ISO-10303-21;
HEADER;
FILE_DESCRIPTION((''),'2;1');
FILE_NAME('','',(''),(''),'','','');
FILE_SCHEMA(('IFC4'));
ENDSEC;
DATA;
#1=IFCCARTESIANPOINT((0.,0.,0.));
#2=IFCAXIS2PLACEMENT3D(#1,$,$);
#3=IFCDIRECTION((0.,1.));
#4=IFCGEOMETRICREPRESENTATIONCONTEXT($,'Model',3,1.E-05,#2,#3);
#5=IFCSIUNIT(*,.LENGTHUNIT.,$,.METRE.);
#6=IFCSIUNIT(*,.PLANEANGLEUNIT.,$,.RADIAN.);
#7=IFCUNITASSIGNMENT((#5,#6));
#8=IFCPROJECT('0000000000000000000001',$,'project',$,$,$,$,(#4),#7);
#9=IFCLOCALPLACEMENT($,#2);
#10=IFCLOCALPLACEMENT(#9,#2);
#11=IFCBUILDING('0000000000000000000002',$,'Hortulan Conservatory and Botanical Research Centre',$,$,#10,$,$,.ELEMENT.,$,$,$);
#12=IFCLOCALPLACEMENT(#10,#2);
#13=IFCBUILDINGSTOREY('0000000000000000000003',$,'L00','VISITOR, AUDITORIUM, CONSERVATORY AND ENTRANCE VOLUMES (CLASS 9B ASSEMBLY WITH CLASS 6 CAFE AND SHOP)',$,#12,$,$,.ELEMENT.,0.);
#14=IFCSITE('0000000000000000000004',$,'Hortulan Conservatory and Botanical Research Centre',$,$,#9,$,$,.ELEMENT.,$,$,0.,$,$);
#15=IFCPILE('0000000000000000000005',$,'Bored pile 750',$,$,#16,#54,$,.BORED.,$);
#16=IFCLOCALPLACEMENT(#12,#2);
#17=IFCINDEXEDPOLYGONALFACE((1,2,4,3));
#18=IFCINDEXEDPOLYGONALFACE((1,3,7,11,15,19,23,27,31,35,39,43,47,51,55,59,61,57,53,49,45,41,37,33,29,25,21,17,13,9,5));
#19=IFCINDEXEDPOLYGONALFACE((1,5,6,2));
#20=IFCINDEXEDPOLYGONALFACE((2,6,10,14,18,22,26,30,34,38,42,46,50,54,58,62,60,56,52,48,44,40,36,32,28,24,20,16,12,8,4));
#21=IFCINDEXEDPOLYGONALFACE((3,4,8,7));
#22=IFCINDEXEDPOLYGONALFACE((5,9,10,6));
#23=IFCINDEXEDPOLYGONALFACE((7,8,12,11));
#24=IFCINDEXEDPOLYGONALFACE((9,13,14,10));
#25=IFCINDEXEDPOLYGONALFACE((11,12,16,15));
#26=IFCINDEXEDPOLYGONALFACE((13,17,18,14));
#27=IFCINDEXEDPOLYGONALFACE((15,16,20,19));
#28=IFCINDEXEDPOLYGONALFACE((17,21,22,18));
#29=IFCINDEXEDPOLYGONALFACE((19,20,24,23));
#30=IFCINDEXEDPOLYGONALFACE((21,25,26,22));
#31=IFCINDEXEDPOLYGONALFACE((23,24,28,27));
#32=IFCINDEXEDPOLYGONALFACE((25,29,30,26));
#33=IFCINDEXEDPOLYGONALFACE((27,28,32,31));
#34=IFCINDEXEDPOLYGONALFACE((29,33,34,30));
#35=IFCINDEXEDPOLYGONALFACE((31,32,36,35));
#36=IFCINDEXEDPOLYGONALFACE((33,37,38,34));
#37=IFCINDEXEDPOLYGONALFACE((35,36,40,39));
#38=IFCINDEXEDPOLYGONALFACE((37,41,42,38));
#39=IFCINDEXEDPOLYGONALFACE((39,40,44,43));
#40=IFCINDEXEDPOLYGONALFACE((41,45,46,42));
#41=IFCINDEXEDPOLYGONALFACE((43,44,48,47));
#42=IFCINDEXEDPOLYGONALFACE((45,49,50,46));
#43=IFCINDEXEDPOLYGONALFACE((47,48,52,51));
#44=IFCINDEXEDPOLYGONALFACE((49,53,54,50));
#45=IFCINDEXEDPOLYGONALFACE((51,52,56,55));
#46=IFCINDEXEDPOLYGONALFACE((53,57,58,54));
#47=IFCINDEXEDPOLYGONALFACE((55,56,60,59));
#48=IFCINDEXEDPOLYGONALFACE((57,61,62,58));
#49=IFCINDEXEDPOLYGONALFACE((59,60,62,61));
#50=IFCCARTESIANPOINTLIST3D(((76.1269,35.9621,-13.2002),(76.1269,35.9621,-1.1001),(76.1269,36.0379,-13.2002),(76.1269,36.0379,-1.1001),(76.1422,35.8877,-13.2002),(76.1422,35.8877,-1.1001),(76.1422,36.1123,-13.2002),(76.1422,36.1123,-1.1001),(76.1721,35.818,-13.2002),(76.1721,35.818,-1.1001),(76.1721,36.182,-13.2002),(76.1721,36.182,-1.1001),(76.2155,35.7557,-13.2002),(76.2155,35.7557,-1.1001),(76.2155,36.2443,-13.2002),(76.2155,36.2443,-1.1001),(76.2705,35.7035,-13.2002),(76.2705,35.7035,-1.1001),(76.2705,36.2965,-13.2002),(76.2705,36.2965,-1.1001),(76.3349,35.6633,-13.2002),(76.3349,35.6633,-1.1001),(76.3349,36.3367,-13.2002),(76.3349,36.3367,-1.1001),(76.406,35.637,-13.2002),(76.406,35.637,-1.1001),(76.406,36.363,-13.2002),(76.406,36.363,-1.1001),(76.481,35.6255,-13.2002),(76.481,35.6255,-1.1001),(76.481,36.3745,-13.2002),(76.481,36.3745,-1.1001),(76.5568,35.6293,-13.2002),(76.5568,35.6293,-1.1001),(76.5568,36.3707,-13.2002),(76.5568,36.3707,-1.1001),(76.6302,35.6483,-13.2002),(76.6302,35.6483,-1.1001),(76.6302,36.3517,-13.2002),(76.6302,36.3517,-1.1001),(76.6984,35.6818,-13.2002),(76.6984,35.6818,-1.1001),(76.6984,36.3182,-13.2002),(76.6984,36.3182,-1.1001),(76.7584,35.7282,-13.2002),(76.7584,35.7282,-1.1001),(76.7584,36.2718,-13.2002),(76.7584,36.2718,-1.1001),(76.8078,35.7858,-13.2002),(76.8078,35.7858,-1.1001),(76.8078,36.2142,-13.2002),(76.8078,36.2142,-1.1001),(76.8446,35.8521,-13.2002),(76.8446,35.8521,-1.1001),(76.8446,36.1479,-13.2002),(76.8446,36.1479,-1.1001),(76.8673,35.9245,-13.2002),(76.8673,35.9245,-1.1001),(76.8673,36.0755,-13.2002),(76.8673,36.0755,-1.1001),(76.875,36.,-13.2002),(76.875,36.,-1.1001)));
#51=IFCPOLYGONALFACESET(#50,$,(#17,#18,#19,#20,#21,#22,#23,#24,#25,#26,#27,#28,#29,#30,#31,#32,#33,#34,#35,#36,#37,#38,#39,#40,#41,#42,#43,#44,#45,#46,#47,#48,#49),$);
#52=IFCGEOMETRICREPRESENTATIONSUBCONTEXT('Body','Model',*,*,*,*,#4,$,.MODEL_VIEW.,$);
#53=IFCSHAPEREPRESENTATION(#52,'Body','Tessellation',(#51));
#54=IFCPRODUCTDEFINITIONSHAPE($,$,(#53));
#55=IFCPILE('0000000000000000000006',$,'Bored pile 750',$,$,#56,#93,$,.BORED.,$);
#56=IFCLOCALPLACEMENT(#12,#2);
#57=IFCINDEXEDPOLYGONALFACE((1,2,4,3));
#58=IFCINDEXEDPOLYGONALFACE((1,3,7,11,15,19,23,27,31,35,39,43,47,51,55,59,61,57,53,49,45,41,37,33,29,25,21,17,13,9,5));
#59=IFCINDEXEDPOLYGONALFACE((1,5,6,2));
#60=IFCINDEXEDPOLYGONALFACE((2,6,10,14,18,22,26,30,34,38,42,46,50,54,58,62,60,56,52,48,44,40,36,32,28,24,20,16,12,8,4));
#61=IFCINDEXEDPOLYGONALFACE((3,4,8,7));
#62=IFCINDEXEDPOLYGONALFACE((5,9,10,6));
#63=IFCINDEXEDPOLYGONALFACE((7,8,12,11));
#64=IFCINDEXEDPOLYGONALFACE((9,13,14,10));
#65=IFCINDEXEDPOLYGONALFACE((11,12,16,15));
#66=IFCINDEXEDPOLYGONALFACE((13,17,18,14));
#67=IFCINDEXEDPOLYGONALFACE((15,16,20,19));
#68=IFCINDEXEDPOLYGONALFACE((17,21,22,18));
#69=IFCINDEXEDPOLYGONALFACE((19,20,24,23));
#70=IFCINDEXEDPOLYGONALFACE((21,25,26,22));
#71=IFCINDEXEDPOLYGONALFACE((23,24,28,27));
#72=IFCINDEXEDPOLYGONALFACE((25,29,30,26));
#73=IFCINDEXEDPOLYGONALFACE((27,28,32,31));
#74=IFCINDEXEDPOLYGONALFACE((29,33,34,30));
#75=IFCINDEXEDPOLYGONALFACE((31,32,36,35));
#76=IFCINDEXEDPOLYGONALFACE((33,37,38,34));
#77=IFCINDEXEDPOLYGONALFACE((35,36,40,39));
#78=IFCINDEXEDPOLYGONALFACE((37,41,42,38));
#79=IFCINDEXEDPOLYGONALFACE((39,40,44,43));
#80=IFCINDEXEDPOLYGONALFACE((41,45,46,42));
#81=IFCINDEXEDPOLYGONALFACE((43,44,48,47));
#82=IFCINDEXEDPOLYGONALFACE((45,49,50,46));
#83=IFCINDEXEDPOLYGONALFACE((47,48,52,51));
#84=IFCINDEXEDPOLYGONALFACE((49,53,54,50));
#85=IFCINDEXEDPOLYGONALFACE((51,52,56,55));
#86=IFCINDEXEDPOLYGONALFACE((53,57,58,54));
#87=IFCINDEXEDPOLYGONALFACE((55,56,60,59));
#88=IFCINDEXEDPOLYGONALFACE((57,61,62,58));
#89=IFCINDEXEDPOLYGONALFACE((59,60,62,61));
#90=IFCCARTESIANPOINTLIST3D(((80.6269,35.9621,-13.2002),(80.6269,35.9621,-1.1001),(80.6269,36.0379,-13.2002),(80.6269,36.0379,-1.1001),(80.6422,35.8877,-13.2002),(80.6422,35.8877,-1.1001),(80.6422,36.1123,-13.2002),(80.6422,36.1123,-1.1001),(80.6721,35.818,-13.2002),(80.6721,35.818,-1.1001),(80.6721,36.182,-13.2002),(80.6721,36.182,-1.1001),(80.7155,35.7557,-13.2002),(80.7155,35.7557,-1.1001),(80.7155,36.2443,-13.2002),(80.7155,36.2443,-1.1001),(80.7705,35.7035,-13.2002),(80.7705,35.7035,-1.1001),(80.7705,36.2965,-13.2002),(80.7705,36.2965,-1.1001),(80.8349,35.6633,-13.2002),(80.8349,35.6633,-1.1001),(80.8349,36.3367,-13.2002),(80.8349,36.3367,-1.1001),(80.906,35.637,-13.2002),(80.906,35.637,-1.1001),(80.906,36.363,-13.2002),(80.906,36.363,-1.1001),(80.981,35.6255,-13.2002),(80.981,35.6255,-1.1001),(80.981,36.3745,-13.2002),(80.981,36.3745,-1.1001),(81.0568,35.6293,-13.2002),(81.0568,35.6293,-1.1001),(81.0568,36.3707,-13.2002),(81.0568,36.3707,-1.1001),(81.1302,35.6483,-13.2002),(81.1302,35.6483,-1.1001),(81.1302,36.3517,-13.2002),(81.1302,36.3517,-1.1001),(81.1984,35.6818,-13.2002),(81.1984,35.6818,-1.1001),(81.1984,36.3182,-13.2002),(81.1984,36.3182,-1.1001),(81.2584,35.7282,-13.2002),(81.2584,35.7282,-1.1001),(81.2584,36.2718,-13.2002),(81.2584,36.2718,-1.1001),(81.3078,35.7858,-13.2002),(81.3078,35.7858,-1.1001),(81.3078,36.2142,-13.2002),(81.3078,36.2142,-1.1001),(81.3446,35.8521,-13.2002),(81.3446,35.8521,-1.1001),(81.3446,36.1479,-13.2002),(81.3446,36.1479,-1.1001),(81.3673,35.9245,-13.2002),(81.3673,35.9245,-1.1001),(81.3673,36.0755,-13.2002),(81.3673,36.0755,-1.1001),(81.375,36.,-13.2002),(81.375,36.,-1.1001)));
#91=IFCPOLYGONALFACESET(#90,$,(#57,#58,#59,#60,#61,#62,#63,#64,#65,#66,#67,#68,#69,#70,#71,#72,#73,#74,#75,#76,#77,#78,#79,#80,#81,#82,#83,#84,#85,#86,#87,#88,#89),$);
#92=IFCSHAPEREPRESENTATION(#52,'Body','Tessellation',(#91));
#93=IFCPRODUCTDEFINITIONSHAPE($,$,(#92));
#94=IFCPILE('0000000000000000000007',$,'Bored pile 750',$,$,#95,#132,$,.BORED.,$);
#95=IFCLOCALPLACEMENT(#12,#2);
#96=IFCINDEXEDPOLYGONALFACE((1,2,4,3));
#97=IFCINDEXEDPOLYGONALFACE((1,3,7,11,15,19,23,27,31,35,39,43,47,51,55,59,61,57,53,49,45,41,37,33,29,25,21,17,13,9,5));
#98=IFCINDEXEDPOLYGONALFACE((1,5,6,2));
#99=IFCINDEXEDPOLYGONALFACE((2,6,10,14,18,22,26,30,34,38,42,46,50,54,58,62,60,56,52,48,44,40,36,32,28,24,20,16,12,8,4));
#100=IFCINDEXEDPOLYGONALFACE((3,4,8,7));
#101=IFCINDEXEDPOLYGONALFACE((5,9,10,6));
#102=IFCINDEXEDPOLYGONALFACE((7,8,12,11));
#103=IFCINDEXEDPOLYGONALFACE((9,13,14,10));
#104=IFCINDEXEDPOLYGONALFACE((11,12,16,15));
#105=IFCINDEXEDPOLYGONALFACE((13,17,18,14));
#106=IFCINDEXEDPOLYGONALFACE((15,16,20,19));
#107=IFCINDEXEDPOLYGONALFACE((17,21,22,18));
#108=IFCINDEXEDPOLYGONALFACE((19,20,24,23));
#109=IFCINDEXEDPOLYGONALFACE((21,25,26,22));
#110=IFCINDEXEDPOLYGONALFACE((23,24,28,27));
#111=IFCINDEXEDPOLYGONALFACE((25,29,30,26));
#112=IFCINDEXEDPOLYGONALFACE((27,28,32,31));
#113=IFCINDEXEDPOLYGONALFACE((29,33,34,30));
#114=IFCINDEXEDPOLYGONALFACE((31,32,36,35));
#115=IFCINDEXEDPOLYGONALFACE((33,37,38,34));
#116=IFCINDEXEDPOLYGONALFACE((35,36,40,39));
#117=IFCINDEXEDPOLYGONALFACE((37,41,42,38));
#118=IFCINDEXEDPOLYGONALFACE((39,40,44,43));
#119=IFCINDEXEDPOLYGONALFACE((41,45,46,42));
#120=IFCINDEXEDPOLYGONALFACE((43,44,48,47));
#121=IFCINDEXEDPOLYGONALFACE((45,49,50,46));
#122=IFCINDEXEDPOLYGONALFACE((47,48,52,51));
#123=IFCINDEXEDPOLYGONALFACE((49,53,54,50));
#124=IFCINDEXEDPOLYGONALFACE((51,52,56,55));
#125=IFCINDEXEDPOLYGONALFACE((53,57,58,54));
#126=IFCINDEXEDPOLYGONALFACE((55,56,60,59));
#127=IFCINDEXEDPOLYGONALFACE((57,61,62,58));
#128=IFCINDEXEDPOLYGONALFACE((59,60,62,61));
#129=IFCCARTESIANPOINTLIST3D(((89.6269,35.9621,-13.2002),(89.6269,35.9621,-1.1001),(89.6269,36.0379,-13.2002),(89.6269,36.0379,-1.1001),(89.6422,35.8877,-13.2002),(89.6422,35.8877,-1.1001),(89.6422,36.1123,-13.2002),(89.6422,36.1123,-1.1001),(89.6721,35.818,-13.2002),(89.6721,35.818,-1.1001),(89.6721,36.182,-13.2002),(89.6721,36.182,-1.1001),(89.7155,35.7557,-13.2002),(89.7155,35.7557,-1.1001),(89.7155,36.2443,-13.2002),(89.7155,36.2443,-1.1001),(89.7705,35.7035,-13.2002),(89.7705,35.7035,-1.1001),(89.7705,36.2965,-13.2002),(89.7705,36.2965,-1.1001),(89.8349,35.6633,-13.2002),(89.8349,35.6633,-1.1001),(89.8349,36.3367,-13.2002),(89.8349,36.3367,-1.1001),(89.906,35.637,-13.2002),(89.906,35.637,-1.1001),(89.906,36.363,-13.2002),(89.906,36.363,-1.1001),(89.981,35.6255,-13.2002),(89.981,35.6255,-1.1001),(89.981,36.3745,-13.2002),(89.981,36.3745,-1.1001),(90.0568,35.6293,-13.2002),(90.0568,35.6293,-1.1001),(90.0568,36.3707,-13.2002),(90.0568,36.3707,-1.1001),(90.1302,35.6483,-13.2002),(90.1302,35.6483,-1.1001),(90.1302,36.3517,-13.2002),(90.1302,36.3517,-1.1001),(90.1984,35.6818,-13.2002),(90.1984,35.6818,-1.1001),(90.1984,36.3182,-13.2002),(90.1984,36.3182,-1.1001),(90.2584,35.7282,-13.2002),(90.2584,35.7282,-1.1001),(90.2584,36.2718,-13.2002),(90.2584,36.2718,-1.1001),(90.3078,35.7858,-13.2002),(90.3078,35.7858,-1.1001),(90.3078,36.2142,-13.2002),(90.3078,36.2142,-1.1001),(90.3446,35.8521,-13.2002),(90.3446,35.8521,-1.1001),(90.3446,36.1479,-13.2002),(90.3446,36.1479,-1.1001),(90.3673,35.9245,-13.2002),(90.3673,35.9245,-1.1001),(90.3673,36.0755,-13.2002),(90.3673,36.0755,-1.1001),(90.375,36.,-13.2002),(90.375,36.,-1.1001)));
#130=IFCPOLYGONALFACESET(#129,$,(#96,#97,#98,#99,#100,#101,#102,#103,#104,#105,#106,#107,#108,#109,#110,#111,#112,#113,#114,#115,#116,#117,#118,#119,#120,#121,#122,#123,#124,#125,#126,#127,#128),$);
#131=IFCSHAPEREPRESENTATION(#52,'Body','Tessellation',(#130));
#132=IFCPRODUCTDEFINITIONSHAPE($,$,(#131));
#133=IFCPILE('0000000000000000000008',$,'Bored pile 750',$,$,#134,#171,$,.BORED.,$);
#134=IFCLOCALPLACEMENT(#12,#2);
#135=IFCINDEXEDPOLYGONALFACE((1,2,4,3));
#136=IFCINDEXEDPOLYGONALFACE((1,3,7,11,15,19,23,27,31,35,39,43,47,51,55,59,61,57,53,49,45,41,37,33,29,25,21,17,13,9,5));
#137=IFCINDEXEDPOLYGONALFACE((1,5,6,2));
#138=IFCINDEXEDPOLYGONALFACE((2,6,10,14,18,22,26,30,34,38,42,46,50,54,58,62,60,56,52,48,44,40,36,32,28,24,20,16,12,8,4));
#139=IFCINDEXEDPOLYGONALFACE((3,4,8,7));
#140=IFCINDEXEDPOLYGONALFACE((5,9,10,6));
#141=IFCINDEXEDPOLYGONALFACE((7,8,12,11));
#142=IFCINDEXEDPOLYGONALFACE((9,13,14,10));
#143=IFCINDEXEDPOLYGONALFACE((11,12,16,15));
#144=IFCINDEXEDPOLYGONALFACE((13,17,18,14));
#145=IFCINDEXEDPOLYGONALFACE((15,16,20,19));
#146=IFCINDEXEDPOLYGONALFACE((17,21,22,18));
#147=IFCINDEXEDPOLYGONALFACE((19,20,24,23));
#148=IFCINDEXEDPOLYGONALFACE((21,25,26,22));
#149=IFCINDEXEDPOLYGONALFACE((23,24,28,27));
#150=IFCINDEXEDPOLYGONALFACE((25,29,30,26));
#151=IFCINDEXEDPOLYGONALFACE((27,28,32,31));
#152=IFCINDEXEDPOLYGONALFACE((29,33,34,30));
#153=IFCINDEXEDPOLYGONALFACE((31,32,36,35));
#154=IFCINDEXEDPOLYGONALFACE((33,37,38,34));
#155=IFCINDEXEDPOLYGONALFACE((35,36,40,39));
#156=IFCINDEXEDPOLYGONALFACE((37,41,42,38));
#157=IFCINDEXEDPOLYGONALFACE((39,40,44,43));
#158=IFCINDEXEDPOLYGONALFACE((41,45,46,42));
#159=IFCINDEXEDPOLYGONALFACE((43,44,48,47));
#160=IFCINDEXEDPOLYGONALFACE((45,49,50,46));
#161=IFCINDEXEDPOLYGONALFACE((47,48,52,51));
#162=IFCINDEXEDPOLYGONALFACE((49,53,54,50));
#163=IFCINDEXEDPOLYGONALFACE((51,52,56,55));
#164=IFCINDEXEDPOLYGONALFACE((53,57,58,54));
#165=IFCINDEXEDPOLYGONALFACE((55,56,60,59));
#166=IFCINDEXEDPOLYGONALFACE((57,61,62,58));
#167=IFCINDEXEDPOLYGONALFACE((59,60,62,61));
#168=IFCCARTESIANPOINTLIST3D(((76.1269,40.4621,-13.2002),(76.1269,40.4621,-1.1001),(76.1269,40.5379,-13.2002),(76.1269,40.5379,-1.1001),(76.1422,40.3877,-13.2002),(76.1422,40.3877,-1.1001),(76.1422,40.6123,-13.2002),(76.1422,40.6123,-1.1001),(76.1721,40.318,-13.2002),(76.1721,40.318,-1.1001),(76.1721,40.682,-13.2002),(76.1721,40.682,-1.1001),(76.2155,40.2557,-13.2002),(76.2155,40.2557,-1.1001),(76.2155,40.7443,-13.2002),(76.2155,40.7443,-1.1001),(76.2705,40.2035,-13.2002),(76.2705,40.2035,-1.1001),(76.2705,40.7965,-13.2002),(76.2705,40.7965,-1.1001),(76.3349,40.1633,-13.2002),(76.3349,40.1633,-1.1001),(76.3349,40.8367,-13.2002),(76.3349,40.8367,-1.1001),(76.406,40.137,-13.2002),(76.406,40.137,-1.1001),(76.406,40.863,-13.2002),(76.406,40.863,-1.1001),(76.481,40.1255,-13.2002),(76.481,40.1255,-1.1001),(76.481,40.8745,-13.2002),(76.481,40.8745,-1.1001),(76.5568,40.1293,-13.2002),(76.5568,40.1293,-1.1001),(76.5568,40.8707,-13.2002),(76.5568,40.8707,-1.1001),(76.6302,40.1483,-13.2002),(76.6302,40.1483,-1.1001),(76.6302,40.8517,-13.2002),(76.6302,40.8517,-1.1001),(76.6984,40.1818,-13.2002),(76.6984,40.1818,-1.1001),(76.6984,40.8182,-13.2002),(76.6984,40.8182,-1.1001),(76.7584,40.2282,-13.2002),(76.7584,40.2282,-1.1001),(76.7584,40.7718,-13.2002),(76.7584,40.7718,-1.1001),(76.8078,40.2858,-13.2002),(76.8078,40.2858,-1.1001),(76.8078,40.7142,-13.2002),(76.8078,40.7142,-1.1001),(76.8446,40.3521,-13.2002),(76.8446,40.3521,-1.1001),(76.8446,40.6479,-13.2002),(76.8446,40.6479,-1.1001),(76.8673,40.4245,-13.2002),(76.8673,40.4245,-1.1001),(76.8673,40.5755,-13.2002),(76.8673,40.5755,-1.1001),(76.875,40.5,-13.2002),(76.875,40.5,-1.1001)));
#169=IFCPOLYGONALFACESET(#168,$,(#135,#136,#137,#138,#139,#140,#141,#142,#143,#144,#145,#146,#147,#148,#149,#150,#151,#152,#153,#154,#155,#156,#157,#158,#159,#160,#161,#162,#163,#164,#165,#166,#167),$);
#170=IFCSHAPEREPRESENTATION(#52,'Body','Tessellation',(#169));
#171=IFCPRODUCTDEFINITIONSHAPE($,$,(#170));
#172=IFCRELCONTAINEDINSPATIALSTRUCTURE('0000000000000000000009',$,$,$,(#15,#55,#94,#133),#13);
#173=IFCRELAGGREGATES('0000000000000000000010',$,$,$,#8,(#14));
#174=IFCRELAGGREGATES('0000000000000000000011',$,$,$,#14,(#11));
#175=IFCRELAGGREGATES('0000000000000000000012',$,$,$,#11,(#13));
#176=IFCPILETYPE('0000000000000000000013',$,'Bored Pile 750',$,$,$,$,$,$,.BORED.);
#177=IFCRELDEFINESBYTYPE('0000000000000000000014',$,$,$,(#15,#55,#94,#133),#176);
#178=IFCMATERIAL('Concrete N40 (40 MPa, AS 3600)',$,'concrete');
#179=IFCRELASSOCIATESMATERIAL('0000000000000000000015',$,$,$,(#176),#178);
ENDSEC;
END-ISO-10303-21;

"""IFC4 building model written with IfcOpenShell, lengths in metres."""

from ifc_helpers import new_model, si_unit, direction, frame, origin, origin_2d, place, context, subcontext, project, spatial, circle, extrude, material, material_profile, profile_set, type_object, element, save


model = new_model("IFC4")

# Units and contexts
model_context = context("Model", 3, precision=1e-05, world=origin(), true_north=direction((0.0, 1.0)))
body_context = subcontext(model_context, "Body", "Model", "MODEL_VIEW")
ifc_project = project(units=[si_unit("LENGTHUNIT", "METRE"), si_unit("PLANEANGLEUNIT", "RADIAN")], contexts=[model_context])

# Site, building, storey
site_placement = place(None, origin())
site = spatial("IfcSite", under=ifc_project, at=site_placement, Name="Hortulan Conservatory and Botanical Research Centre", CompositionType="ELEMENT", RefElevation=0.0)
building_placement = place(site_placement, origin())
building = spatial("IfcBuilding", under=site, at=building_placement, Name="Hortulan Conservatory and Botanical Research Centre", CompositionType="ELEMENT")
storey_placement = place(building_placement, origin())
storey = spatial("IfcBuildingStorey", under=building, at=storey_placement, Name="L00", Description="VISITOR, AUDITORIUM, CONSERVATORY AND ENTRANCE VOLUMES (CLASS 9B ASSEMBLY WITH CLASS 6 CAFE AND SHOP)", CompositionType="ELEMENT", Elevation=0.0)

# Piles
ifc_material_1 = material(Name="Concrete N40 (40 MPa, AS 3600)", Category="concrete")
ifc_material_profile_1 = material_profile(ifc_material_1, circle(Radius=0.375, at=origin_2d()), Name="Bored pile 750 diameter")
ifc_profile_set_1 = profile_set([ifc_material_profile_1], Name="Concrete N40 (40 MPa, AS 3600)")
pile_type = type_object("IfcPileType", Name="Bored Pile 750", PredefinedType="BORED", material=ifc_profile_set_1)
for number, where, z_axis, x_axis, name in (
    (1, (76.5, 36.0, -1.1001), (0.0, 0.0, -1.0), (1.0, 0.0, 0.0), "Bored pile 750"),
    (2, (81.0, 36.0, -1.1001), (0.0, 0.0, -1.0), (1.0, 0.0, 0.0), "Bored pile 750"),
    (3, (90.0, 36.0, -1.1001), (0.0, 0.0, -1.0), (1.0, 0.0, 0.0), "Bored pile 750"),
    (4, (76.5, 40.5, -1.1001), (0.0, 0.0, -1.0), (1.0, 0.0, 0.0), "Bored pile 750"),
):
    element("IfcPile", number, at=place(storey_placement, frame(where, z_axis=z_axis, x_axis=x_axis)), inside=storey, type_object=pile_type, Name=name, PredefinedType="BORED", context=body_context, shape_type="SweptSolid", body=[
        extrude(circle(Radius=0.375, at=origin_2d()), origin(), (0.0, 0.0, 1.0), 12.1001),
    ])

save(model, "model.ifc")
